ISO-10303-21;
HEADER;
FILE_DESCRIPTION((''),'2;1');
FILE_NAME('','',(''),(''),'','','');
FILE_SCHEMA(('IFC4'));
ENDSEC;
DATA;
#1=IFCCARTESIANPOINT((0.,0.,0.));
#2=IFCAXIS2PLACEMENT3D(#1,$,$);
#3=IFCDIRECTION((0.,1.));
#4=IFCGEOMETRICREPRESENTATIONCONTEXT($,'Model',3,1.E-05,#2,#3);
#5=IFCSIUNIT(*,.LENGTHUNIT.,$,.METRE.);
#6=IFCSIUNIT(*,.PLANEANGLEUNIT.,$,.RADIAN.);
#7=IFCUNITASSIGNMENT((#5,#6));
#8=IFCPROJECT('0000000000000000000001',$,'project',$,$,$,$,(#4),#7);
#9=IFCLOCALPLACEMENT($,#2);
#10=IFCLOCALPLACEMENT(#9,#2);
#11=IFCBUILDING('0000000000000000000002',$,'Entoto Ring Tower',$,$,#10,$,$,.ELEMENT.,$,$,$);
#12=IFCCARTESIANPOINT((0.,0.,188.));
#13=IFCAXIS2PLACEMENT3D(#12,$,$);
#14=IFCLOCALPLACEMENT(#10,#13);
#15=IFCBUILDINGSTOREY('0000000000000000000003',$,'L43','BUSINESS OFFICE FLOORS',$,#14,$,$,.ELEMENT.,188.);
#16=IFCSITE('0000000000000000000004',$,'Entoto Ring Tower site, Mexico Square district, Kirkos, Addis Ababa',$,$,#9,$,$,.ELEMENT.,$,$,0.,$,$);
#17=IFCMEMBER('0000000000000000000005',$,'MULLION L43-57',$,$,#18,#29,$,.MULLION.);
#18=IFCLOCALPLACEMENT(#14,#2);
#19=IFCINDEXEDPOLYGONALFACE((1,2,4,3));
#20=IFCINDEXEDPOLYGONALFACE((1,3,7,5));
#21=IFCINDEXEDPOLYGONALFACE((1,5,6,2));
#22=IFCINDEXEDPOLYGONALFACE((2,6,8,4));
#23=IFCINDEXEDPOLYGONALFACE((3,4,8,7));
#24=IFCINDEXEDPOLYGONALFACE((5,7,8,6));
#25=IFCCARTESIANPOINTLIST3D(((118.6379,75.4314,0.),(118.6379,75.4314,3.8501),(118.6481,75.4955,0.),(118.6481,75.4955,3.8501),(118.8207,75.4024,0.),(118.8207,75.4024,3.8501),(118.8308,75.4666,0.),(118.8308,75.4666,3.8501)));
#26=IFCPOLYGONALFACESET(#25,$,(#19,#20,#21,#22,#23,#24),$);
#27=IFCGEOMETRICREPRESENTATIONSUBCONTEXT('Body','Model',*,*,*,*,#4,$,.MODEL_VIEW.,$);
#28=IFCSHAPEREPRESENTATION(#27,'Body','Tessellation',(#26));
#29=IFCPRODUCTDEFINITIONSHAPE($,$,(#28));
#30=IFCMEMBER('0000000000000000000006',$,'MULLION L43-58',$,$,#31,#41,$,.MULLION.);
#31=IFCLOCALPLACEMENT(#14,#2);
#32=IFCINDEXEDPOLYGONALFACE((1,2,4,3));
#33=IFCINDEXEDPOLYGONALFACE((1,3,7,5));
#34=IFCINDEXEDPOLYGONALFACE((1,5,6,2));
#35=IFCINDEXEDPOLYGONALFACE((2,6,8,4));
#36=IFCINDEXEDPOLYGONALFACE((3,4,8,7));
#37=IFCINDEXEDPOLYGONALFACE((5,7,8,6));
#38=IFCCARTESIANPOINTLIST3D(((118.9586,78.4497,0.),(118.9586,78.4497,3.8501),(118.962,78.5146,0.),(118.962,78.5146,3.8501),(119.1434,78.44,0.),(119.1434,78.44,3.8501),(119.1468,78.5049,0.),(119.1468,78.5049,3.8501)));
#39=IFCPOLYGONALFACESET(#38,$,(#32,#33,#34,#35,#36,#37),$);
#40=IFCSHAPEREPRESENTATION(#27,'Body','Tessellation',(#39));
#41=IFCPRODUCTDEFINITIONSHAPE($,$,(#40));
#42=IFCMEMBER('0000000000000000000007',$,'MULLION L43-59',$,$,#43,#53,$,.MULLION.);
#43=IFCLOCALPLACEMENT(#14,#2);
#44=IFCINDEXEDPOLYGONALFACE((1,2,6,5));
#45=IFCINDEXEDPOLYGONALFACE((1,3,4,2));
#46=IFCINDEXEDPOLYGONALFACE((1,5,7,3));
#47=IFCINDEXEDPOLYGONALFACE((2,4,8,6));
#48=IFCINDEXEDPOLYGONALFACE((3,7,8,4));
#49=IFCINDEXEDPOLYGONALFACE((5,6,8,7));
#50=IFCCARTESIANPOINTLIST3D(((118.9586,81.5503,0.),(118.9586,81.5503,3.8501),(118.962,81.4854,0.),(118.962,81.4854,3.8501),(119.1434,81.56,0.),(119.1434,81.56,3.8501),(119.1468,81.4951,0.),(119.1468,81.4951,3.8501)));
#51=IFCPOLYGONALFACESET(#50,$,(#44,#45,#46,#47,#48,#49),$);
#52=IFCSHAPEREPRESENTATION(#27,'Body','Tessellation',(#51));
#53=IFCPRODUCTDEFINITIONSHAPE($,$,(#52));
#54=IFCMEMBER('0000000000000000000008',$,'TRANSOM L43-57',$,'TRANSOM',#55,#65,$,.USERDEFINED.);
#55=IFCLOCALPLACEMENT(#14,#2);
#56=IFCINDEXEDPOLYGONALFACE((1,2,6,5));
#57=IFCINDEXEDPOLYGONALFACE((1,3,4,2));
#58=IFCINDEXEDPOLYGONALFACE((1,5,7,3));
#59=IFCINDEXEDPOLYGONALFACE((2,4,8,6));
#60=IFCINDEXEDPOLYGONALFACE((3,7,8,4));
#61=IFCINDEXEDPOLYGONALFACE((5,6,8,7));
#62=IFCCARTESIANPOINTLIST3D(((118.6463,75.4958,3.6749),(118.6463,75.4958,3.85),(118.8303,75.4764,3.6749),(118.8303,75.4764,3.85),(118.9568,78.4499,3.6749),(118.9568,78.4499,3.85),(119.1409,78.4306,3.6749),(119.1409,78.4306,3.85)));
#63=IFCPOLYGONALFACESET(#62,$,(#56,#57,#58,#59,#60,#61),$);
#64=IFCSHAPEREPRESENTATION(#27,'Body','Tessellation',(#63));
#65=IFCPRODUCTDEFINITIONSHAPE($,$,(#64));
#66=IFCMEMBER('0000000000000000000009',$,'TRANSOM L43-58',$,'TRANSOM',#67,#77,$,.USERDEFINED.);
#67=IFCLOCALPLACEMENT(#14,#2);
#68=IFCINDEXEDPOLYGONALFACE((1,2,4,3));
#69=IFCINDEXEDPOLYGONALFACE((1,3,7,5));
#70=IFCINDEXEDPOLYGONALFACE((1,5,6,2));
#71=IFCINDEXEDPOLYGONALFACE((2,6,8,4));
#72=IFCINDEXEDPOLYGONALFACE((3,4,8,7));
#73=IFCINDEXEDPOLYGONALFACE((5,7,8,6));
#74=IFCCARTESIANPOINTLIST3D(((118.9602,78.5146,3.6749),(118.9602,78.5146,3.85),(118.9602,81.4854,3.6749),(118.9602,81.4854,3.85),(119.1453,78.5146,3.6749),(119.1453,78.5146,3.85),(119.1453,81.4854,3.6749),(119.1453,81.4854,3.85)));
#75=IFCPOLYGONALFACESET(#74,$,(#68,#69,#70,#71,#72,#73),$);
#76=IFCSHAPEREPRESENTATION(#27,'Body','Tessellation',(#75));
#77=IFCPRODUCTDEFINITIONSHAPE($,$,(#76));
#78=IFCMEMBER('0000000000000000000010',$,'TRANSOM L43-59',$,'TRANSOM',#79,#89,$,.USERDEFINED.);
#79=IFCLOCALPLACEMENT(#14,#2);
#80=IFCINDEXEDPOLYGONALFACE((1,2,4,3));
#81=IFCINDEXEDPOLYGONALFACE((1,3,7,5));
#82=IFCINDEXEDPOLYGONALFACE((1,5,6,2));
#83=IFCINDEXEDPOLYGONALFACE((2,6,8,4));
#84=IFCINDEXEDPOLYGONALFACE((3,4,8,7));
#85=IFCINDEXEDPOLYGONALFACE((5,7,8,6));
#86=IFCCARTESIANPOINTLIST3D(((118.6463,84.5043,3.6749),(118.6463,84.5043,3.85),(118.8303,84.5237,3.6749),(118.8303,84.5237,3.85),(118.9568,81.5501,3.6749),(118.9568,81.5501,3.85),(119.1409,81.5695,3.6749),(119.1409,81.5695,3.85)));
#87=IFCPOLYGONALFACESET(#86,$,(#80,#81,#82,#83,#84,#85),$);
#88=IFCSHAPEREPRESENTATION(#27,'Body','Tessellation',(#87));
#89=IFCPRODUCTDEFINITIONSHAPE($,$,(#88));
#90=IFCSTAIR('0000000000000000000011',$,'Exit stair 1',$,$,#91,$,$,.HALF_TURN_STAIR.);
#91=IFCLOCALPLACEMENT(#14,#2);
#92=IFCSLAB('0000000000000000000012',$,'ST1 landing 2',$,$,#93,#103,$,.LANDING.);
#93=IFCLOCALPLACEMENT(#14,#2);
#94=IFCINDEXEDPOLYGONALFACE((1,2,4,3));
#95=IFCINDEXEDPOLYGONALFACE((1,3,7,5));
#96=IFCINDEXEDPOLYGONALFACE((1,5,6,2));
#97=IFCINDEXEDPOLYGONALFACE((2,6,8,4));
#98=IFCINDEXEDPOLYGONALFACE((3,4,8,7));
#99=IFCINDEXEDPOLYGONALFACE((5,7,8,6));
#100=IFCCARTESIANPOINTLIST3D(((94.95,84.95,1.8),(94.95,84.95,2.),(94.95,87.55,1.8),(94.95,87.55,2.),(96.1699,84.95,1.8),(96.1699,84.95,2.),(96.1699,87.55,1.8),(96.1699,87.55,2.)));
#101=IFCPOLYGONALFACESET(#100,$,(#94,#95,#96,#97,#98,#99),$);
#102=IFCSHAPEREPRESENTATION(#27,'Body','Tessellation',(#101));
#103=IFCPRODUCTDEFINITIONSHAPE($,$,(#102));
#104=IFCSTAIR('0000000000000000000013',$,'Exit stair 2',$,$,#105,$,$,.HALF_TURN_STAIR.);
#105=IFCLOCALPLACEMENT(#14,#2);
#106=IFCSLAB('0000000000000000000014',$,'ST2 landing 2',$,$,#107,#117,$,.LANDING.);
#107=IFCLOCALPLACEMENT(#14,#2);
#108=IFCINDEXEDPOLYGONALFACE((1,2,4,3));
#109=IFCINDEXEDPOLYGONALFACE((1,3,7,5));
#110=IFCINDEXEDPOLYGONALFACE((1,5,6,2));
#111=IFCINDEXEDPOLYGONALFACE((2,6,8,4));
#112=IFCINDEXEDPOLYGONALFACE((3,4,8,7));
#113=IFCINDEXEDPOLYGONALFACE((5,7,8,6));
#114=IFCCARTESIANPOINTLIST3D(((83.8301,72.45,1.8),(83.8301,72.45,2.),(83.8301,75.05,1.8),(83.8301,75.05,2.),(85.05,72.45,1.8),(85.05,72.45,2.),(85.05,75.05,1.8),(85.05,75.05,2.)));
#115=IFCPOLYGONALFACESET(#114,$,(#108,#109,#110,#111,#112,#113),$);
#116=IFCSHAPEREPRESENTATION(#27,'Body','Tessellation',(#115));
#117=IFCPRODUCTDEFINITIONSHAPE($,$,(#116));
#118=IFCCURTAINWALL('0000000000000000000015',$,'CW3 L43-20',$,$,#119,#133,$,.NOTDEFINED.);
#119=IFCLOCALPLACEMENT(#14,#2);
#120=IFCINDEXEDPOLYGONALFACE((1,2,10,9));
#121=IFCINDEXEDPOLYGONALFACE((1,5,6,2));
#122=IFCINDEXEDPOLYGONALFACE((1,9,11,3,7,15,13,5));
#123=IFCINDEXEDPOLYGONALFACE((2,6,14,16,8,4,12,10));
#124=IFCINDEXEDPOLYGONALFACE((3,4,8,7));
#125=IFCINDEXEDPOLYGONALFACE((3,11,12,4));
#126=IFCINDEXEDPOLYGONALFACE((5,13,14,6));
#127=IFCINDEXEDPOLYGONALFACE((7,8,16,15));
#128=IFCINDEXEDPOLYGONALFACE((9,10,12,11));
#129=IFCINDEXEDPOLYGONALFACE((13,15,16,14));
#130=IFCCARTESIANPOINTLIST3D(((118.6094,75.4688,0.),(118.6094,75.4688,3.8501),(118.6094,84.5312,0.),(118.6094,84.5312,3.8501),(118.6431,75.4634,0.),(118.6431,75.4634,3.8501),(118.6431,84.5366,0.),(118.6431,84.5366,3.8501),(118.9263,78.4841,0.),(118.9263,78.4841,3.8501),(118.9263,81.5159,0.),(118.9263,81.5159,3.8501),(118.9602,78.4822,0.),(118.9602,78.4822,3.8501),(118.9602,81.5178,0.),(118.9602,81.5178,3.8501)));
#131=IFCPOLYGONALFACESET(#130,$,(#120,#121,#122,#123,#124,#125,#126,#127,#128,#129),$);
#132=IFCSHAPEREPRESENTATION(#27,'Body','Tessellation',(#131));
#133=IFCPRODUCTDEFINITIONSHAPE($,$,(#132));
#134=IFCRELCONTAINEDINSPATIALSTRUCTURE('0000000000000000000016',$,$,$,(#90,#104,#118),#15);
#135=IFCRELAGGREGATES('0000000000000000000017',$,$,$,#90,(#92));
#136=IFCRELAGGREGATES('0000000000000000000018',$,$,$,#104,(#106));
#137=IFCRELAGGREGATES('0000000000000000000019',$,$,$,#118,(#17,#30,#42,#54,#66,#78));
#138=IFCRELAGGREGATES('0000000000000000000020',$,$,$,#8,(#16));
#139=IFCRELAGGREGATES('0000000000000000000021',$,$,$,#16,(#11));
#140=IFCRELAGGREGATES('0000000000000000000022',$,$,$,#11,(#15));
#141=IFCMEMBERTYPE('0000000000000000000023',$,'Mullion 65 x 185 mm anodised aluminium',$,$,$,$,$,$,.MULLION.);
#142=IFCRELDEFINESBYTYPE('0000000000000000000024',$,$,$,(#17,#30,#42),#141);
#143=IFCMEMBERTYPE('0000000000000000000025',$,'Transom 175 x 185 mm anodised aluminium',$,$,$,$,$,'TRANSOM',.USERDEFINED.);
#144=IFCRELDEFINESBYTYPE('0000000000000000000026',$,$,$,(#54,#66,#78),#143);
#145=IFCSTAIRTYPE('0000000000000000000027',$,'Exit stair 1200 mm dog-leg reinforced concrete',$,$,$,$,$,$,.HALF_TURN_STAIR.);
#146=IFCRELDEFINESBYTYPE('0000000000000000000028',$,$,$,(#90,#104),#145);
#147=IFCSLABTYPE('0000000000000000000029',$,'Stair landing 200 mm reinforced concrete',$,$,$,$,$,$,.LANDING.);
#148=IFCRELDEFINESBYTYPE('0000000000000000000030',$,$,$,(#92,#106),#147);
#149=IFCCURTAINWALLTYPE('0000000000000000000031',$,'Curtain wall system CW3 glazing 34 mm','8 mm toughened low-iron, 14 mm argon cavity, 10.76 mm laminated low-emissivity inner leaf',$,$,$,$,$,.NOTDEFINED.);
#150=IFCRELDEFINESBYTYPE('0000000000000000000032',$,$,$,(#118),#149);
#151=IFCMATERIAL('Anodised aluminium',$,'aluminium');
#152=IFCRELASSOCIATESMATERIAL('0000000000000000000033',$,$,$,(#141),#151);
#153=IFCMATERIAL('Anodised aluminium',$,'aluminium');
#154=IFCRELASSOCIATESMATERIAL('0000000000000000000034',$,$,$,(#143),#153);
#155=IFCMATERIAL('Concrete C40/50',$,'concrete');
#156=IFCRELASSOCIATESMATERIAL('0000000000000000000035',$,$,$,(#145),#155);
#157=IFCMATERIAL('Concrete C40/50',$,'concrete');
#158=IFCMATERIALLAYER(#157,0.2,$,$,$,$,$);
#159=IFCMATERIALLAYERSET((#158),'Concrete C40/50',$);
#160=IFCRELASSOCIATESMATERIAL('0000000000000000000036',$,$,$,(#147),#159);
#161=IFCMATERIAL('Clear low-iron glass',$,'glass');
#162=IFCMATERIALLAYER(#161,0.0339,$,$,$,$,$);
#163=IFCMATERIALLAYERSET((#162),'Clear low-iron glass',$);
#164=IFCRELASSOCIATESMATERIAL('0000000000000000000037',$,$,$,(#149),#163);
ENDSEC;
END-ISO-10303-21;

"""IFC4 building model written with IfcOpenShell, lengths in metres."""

from ifc_helpers import new_model, si_unit, direction, frame, origin, origin_2d, place, context, subcontext, project, spatial, polyline, rectangle, outline, extrude, material, layer, layer_set, material_profile, profile_set, type_object, element, aggregate, save


model = new_model("IFC4")

# Units and contexts
model_context = context("Model", 3, precision=1e-05, world=origin(), true_north=direction((0.0, 1.0)))
body_context = subcontext(model_context, "Body", "Model", "MODEL_VIEW")
ifc_project = project(units=[si_unit("LENGTHUNIT", "METRE"), si_unit("PLANEANGLEUNIT", "RADIAN")], contexts=[model_context])

# Members
ifc_material_1 = material(Name="Anodised aluminium", Category="aluminium")
ifc_material_profile_1 = material_profile(ifc_material_1, rectangle(XDim=0.0649, YDim=0.1851, at=origin_2d()), Name="Mullion 65 x 185 mm anodised aluminium")
ifc_profile_set_1 = profile_set([ifc_material_profile_1], Name="Anodised aluminium")
member_type_1 = type_object("IfcMemberType", Name="Mullion 65 x 185 mm anodised aluminium", PredefinedType="MULLION", material=ifc_profile_set_1)
site_placement = place(None, origin())
building_placement = place(site_placement, origin())
storey_placement = place(building_placement, frame((0.0, 0.0, 188.0)))
member_1_placement = place(storey_placement, frame((118.7344, 75.449, 0.0), z_axis=(0.0, 0.0, 1.0), x_axis=(0.156434, 0.987688, 0.0)))
member_1 = element("IfcMember", 1, at=member_1_placement, type_object=member_type_1, Name="MULLION L43-57", PredefinedType="MULLION", context=body_context, shape_type="SweptSolid", body=[
    extrude(rectangle(XDim=0.0649, YDim=0.1851, at=origin_2d()), origin(), (0.0, 0.0, 1.0), 3.8501),
])
member_2_placement = place(storey_placement, frame((119.0527, 78.4773, 0.0), z_axis=(0.0, 0.0, 1.0), x_axis=(0.052336, 0.99863, 0.0)))
member_2 = element("IfcMember", 2, at=member_2_placement, type_object=member_type_1, Name="MULLION L43-58", PredefinedType="MULLION", context=body_context, shape_type="SweptSolid", body=[
    extrude(rectangle(XDim=0.0649, YDim=0.1851, at=origin_2d()), origin(), (0.0, 0.0, 1.0), 3.8501),
])
member_3_placement = place(storey_placement, frame((119.0527, 81.5227, 0.0), z_axis=(0.0, 0.0, 1.0), x_axis=(-0.052336, 0.99863, 0.0)))
member_3 = element("IfcMember", 3, at=member_3_placement, type_object=member_type_1, Name="MULLION L43-59", PredefinedType="MULLION", context=body_context, shape_type="SweptSolid", body=[
    extrude(rectangle(XDim=0.0649, YDim=0.1851, at=origin_2d()), origin(), (0.0, 0.0, 1.0), 3.8501),
])
ifc_material_2 = material(Name="Anodised aluminium", Category="aluminium")
ifc_material_profile_2 = material_profile(ifc_material_2, rectangle(XDim=0.1851, YDim=0.175, at=origin_2d()), Name="Transom 175 x 185 mm anodised aluminium")
ifc_profile_set_2 = profile_set([ifc_material_profile_2], Name="Anodised aluminium")
member_type_2 = type_object("IfcMemberType", Name="Transom 175 x 185 mm anodised aluminium", ElementType="TRANSOM", PredefinedType="USERDEFINED", material=ifc_profile_set_2)
member_4_placement = place(storey_placement, frame((118.7383, 75.4861, 3.7625), z_axis=(0.104548, 0.99452, 0.0), x_axis=(-0.99452, 0.104548, 0.0)))
member_4 = element("IfcMember", 4, at=member_4_placement, type_object=member_type_2, Name="TRANSOM L43-57", ObjectType="TRANSOM", PredefinedType="USERDEFINED", context=body_context, shape_type="SweptSolid", body=[
    extrude(rectangle(XDim=0.1851, YDim=0.175, at=origin_2d()), origin(), (0.0, 0.0, 1.0), 2.9705),
])
member_5_placement = place(storey_placement, frame((119.0527, 78.5146, 3.7625), z_axis=(0.0, 1.0, 0.0), x_axis=(-1.0, 0.0, 0.0)))
member_5 = element("IfcMember", 5, at=member_5_placement, type_object=member_type_2, Name="TRANSOM L43-58", ObjectType="TRANSOM", PredefinedType="USERDEFINED", context=body_context, shape_type="SweptSolid", body=[
    extrude(rectangle(XDim=0.1851, YDim=0.175, at=origin_2d()), origin(), (0.0, 0.0, 1.0), 2.9707),
])
member_6_placement = place(storey_placement, frame((119.0488, 81.5598, 3.7625), z_axis=(-0.104548, 0.99452, 0.0), x_axis=(-0.99452, -0.104548, 0.0)))
member_6 = element("IfcMember", 6, at=member_6_placement, type_object=member_type_2, Name="TRANSOM L43-59", ObjectType="TRANSOM", PredefinedType="USERDEFINED", context=body_context, shape_type="SweptSolid", body=[
    extrude(rectangle(XDim=0.1851, YDim=0.175, at=origin_2d()), origin(), (0.0, 0.0, 1.0), 2.9705),
])

# Site, building, storey
site = spatial("IfcSite", under=ifc_project, at=site_placement, Name="Entoto Ring Tower site, Mexico Square district, Kirkos, Addis Ababa", CompositionType="ELEMENT", RefElevation=0.0)
building = spatial("IfcBuilding", under=site, at=building_placement, Name="Entoto Ring Tower", CompositionType="ELEMENT")
storey = spatial("IfcBuildingStorey", under=building, at=storey_placement, Name="L43", Description="BUSINESS OFFICE FLOORS", CompositionType="ELEMENT", Elevation=188.0)

# Stairs, slabs
ifc_material_3 = material(Name="Concrete C40/50", Category="concrete")
stair_type = type_object("IfcStairType", Name="Exit stair 1200 mm dog-leg reinforced concrete", PredefinedType="HALF_TURN_STAIR", material=ifc_material_3)
stair_1_placement = place(storey_placement, origin())
stair_1 = element("IfcStair", 7, at=stair_1_placement, inside=storey, type_object=stair_type, Name="Exit stair 1", PredefinedType="HALF_TURN_STAIR")
ifc_material_4 = material(Name="Concrete C40/50", Category="concrete")
ifc_layer_1 = layer(ifc_material_4, 0.2)
ifc_layer_set_1 = layer_set([ifc_layer_1], Name="Concrete C40/50")
slab_type = type_object("IfcSlabType", Name="Stair landing 200 mm reinforced concrete", PredefinedType="LANDING", material=ifc_layer_set_1)
slab_1_placement = place(storey_placement, frame((0.0, 0.0, 1.8)))
slab_1 = element("IfcSlab", 8, at=slab_1_placement, type_object=slab_type, Name="ST1 landing 2", PredefinedType="LANDING", context=body_context, shape_type="SweptSolid", body=[
    extrude(outline(polyline([(94.95, 84.95), (96.1699, 84.95), (96.1699, 87.55), (94.95, 87.55), (94.95, 84.95)])), origin(), (0.0, 0.0, 1.0), 0.2),
])
aggregate(stair_1, [slab_1])
stair_2_placement = place(storey_placement, origin())
stair_2 = element("IfcStair", 9, at=stair_2_placement, inside=storey, type_object=stair_type, Name="Exit stair 2", PredefinedType="HALF_TURN_STAIR")
slab_2_placement = place(storey_placement, frame((0.0, 0.0, 1.8)))
slab_2 = element("IfcSlab", 10, at=slab_2_placement, type_object=slab_type, Name="ST2 landing 2", PredefinedType="LANDING", context=body_context, shape_type="SweptSolid", body=[
    extrude(outline(polyline([(83.8301, 72.45), (85.05, 72.45), (85.05, 75.05), (83.8301, 75.05), (83.8301, 72.45)])), origin(), (0.0, 0.0, 1.0), 0.2),
])
aggregate(stair_2, [slab_2])

# Curtain wall
ifc_material_5 = material(Name="Clear low-iron glass", Category="glass")
ifc_layer_2 = layer(ifc_material_5, 0.0339)
ifc_layer_set_2 = layer_set([ifc_layer_2], Name="Clear low-iron glass")
curtain_wall_type = type_object("IfcCurtainWallType", Name="Curtain wall system CW3 glazing 34 mm", Description="8 mm toughened low-iron, 14 mm argon cavity, 10.76 mm laminated low-emissivity inner leaf", PredefinedType="NOTDEFINED", material=ifc_layer_set_2)
curtain_wall_1_placement = place(storey_placement, origin())
curtain_wall_1 = element("IfcCurtainWall", 11, at=curtain_wall_1_placement, inside=storey, type_object=curtain_wall_type, Name="CW3 L43-20", PredefinedType="NOTDEFINED", context=body_context, shape_type="SweptSolid", body=[
    extrude(outline(polyline([(118.6431, 75.4634), (118.9602, 78.4822), (118.9602, 81.5178), (118.6431, 84.5366), (118.6094, 84.5312), (118.9263, 81.5159), (118.9263, 78.4841), (118.6094, 75.4688), (118.6431, 75.4634)])), origin(), (0.0, 0.0, 1.0), 3.8501),
])
aggregate(curtain_wall_1, [member_1, member_2, member_3, member_4, member_5, member_6])

save(model, "model.ifc")
